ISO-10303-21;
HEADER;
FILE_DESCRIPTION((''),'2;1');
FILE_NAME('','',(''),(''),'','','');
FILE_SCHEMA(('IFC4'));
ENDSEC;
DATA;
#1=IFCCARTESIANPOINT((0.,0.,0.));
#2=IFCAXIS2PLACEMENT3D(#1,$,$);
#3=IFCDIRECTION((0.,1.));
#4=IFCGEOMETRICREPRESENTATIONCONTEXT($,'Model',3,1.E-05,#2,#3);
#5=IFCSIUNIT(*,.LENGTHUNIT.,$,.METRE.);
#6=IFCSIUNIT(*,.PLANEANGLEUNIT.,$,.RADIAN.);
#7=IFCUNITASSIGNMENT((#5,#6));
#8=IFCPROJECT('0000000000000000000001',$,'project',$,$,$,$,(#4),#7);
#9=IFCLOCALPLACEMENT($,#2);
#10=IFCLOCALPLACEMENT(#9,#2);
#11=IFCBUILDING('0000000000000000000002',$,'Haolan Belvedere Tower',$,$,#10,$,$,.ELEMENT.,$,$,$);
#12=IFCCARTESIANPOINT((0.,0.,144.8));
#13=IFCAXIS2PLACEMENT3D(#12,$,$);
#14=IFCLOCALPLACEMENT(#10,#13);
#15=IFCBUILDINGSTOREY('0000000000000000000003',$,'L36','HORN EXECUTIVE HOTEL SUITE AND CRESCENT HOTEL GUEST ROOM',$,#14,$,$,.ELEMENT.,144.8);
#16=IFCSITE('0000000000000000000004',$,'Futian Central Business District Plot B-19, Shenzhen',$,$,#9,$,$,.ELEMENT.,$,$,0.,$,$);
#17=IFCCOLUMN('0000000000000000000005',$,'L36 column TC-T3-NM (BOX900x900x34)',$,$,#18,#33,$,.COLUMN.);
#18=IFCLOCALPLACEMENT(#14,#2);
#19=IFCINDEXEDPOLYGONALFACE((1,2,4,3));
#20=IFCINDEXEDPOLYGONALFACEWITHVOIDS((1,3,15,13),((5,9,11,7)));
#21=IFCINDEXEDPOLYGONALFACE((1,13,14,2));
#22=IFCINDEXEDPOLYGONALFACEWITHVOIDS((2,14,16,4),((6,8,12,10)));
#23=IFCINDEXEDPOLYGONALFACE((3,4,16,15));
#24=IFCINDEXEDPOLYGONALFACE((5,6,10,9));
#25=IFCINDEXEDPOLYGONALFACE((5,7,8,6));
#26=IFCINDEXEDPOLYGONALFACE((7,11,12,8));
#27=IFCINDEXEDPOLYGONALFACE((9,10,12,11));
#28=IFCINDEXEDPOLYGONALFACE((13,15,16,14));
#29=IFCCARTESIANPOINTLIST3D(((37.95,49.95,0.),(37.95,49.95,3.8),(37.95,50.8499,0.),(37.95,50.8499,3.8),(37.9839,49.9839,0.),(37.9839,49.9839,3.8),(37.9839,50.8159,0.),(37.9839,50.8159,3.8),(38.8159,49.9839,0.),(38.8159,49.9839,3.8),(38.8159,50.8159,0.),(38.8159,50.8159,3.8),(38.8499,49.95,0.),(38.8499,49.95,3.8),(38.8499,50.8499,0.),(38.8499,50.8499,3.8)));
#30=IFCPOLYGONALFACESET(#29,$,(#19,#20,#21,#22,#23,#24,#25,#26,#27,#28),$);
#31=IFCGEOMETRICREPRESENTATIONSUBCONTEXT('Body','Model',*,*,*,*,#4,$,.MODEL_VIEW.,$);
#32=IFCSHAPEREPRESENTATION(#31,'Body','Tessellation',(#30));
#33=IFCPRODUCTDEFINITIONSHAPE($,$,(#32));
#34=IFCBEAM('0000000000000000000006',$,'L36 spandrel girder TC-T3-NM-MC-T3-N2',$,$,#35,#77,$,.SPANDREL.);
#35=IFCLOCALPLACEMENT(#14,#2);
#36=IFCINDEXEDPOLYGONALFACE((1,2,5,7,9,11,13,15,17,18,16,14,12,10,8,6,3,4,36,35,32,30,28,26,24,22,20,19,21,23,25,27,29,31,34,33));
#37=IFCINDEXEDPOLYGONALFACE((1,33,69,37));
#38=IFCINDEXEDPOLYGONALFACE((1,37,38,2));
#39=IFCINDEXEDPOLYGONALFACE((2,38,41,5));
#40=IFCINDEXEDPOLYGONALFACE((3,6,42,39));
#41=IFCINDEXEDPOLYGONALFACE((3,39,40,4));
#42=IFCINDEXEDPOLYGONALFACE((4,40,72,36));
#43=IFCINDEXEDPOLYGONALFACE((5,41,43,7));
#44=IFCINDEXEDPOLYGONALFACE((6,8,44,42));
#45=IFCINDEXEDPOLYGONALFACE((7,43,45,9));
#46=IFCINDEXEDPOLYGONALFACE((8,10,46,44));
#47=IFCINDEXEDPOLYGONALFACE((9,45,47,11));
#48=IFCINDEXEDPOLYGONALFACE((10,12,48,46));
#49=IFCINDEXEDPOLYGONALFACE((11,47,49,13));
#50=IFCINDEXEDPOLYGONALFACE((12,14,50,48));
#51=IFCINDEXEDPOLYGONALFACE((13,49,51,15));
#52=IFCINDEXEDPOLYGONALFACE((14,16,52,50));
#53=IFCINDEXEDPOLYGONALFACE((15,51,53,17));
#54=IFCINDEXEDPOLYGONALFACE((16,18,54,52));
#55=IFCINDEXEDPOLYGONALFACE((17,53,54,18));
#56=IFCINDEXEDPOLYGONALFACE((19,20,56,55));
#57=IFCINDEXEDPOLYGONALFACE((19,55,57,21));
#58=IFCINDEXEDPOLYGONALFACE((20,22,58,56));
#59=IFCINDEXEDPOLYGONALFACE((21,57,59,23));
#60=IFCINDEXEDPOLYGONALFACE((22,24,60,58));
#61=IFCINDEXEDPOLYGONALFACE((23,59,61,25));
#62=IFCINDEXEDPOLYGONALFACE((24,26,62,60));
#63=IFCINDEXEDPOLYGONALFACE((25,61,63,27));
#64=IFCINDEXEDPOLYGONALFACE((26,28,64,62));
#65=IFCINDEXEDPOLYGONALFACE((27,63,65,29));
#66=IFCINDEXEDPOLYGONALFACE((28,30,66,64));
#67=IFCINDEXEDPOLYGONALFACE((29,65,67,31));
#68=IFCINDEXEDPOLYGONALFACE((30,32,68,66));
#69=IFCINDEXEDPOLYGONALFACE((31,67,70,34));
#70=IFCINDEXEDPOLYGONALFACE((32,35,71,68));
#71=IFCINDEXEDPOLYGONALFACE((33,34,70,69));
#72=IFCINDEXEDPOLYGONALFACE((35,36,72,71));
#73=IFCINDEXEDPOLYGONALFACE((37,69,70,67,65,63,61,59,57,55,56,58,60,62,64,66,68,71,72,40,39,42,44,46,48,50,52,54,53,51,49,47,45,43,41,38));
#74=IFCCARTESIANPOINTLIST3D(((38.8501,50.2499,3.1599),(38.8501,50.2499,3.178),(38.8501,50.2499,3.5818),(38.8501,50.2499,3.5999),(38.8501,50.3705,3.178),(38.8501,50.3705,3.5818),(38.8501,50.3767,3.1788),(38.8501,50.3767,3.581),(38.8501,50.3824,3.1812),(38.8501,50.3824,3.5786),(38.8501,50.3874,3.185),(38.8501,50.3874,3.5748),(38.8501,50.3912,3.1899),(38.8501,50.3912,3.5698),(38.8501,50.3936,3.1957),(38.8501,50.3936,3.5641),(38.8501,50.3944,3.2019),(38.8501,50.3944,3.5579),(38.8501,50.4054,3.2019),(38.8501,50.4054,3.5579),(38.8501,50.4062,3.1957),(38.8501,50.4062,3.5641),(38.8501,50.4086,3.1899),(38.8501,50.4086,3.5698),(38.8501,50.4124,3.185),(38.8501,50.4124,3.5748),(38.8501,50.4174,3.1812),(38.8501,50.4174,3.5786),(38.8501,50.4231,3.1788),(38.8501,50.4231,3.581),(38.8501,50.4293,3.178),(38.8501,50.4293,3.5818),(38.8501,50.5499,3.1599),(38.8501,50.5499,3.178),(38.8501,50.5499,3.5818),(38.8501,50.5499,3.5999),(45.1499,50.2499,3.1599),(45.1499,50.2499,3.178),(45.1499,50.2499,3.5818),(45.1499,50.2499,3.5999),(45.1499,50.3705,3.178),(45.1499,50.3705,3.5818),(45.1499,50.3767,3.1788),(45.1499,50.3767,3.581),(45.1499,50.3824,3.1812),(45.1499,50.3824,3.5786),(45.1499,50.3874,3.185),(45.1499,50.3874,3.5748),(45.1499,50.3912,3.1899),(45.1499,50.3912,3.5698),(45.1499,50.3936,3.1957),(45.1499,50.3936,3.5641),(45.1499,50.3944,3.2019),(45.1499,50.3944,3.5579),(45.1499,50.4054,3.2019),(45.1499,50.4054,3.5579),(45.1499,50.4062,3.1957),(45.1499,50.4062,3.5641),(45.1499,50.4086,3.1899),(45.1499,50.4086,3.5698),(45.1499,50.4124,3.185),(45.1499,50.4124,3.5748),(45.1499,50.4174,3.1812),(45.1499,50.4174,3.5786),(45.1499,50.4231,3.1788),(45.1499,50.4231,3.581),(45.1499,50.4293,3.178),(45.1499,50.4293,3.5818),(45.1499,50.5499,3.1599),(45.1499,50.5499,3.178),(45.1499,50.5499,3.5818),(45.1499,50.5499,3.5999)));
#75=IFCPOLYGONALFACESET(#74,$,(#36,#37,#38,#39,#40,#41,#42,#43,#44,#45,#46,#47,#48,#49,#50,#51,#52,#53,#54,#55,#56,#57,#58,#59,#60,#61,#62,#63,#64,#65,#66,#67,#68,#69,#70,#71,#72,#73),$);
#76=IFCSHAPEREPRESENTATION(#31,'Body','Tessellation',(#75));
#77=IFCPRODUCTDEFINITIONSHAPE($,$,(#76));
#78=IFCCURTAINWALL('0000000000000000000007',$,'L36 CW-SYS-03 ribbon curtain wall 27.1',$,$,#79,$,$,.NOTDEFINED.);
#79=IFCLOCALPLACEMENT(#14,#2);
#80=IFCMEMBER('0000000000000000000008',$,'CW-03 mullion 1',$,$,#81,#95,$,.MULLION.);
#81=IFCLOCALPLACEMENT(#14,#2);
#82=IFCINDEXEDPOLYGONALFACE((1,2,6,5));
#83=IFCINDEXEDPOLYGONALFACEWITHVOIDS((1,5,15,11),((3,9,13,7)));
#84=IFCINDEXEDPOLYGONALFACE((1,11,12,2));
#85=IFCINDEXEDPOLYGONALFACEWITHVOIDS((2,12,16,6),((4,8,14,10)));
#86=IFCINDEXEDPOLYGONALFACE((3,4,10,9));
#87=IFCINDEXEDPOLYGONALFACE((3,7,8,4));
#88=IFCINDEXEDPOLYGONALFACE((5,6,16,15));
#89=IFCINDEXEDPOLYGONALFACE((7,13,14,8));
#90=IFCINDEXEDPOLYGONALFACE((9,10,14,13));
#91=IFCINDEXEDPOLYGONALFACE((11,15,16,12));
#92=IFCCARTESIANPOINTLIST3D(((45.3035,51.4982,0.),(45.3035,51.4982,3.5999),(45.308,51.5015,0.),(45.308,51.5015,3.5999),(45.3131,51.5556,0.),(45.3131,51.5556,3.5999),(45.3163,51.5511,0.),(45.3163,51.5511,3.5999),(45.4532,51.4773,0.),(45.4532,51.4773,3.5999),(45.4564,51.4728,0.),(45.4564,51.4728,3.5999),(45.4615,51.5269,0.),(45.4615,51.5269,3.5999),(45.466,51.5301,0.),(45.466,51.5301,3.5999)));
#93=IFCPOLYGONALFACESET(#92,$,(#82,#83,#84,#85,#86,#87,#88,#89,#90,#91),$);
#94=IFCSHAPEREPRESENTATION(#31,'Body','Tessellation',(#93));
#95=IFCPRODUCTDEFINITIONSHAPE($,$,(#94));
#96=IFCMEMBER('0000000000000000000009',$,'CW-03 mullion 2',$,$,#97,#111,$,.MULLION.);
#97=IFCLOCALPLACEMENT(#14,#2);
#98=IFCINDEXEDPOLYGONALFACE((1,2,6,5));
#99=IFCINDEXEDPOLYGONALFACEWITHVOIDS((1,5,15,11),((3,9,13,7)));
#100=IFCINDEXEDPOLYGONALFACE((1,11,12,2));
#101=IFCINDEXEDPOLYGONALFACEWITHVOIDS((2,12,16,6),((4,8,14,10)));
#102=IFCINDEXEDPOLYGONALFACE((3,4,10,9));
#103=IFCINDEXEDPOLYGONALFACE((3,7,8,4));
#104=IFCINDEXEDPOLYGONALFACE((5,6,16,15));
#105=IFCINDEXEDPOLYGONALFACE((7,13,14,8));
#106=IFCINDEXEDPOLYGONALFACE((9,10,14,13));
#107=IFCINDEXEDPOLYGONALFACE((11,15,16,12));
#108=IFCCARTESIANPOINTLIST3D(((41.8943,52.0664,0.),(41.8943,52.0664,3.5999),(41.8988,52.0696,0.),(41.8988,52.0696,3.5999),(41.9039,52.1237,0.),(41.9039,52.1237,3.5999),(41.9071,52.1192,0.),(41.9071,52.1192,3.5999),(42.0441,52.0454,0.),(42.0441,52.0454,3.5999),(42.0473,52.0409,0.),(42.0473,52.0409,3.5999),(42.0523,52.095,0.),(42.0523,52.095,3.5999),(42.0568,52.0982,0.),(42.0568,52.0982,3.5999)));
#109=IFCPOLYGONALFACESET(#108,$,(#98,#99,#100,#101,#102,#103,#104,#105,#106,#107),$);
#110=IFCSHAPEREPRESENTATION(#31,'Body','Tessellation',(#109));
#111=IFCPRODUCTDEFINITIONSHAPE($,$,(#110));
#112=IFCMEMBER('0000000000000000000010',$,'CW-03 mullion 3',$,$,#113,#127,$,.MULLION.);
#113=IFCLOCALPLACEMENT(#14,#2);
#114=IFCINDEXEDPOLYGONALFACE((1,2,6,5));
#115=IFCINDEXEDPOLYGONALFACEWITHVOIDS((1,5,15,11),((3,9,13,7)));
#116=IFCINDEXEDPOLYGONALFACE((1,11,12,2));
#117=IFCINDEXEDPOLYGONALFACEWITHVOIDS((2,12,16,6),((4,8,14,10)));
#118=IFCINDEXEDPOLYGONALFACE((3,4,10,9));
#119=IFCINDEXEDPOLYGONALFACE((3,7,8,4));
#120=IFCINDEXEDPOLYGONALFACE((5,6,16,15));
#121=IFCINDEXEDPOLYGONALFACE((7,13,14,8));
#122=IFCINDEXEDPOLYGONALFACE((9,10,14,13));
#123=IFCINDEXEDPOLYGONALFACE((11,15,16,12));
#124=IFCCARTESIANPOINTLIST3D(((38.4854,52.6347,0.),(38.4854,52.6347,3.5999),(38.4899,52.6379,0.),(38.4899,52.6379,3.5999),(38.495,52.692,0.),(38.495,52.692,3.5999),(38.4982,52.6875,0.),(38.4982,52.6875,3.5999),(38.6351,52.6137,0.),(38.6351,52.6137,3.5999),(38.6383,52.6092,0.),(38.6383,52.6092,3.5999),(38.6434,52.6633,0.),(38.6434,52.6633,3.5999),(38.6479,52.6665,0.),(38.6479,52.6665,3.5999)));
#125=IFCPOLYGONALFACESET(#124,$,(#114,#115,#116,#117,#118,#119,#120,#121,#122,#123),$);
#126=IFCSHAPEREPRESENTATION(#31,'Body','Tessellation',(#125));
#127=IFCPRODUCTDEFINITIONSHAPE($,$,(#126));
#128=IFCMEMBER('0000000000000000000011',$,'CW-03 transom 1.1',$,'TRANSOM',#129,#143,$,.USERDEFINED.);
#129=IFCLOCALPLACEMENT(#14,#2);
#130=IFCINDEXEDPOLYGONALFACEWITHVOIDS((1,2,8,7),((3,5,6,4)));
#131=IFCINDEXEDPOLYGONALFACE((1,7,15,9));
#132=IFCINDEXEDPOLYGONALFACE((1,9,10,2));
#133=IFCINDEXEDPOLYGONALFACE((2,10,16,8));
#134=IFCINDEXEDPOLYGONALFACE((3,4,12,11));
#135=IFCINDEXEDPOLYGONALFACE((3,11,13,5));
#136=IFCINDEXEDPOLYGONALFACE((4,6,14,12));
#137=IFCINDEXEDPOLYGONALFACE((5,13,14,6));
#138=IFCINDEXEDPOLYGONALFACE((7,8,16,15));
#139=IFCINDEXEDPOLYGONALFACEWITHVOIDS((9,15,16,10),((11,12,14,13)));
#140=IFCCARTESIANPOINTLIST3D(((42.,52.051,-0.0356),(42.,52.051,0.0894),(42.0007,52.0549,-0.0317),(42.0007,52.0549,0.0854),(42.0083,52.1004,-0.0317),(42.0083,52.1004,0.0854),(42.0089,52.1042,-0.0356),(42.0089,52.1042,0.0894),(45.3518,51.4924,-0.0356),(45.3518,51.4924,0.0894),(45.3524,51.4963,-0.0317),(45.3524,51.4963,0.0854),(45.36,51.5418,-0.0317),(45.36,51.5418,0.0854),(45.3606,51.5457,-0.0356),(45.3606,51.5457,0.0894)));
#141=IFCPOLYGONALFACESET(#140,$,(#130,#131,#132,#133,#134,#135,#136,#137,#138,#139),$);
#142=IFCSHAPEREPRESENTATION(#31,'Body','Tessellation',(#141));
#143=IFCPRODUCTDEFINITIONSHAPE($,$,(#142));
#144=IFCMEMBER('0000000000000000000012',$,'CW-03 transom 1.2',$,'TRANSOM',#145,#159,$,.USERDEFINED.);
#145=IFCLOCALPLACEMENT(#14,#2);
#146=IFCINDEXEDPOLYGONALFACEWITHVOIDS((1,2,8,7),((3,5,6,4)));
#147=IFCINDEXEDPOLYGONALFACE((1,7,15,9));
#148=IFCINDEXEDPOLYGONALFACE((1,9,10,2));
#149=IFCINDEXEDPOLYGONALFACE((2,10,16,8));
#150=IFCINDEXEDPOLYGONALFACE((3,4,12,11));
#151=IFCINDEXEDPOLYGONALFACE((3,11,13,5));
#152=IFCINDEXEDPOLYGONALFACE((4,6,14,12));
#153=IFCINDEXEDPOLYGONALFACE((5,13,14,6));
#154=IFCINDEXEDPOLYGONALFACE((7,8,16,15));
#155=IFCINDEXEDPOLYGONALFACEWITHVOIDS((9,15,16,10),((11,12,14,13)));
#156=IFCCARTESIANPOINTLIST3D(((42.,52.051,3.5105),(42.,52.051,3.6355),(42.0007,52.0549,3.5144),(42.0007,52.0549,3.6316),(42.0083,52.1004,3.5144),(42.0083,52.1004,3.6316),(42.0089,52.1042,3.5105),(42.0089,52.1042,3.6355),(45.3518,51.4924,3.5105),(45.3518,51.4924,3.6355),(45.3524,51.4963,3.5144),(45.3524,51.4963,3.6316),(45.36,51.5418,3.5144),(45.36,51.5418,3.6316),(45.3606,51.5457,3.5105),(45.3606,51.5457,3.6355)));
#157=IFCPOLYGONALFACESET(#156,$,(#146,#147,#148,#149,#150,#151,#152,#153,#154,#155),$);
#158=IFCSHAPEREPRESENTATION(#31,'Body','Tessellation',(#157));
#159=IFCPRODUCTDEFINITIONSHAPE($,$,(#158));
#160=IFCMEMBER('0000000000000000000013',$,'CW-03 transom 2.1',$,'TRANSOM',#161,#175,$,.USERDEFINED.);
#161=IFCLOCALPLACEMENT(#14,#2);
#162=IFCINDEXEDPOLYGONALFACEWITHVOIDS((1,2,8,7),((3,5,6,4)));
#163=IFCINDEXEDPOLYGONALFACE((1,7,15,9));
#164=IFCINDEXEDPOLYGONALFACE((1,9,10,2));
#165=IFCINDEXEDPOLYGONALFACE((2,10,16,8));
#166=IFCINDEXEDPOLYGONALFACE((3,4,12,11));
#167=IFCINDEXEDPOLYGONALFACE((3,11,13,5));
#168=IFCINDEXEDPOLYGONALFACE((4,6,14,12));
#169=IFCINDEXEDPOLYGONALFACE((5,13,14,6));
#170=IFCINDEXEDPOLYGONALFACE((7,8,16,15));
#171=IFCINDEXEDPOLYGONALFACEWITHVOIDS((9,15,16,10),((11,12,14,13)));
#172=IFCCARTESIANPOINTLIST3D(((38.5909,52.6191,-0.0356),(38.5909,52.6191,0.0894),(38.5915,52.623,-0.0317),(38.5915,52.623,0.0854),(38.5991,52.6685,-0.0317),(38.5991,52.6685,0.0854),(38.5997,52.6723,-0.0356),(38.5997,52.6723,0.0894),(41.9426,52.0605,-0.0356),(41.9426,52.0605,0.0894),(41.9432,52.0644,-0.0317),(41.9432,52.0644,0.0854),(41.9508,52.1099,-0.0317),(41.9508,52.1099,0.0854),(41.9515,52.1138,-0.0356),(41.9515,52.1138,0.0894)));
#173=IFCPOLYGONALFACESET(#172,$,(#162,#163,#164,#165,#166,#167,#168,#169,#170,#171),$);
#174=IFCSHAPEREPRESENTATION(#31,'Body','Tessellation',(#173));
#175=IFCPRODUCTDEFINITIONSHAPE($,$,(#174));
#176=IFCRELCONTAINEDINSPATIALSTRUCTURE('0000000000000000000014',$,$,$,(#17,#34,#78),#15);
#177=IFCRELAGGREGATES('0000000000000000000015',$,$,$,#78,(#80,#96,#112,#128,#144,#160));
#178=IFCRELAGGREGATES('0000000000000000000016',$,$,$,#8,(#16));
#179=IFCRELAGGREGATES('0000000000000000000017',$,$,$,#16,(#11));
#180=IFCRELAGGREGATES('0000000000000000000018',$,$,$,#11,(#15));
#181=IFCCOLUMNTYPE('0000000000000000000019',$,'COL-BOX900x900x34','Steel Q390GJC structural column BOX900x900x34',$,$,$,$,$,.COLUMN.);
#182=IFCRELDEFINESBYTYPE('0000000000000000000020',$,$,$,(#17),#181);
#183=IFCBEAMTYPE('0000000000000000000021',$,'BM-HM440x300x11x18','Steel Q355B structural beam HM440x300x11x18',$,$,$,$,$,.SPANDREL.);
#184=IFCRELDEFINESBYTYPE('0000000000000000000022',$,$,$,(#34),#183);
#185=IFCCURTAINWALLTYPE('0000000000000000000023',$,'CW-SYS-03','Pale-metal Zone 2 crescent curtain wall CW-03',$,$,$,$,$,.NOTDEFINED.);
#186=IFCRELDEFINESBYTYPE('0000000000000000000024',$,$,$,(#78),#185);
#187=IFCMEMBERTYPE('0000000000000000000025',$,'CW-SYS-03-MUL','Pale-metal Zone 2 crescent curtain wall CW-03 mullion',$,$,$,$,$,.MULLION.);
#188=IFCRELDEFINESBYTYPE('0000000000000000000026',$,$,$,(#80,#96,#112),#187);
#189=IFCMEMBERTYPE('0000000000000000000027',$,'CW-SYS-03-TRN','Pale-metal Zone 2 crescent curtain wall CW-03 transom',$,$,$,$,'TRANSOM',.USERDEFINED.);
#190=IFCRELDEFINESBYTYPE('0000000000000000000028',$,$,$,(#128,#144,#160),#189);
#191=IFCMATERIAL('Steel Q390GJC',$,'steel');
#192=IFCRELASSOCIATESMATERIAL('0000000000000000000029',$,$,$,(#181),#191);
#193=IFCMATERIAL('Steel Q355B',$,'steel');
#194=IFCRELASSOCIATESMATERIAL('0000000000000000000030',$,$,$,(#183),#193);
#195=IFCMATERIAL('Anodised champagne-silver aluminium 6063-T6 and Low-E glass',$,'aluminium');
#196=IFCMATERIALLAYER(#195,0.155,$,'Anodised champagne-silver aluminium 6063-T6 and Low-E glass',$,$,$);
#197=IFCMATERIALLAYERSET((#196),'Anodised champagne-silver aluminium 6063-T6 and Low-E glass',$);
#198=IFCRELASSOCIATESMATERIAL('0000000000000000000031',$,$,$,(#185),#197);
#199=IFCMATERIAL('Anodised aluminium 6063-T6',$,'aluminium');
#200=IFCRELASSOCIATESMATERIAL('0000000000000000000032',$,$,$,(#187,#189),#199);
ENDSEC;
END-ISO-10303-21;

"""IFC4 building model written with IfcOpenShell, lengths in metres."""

from ifc_helpers import new_model, si_unit, direction, frame, origin, origin_2d, place, context, subcontext, project, spatial, hollow_rectangle, i_section, extrude, material, layer, layer_set, material_profile, profile_set, type_object, element, aggregate, save


model = new_model("IFC4")

# Units and contexts
model_context = context("Model", 3, precision=1e-05, world=origin(), true_north=direction((0.0, 1.0)))
body_context = subcontext(model_context, "Body", "Model", "MODEL_VIEW")
ifc_project = project(units=[si_unit("LENGTHUNIT", "METRE"), si_unit("PLANEANGLEUNIT", "RADIAN")], contexts=[model_context])

# Site, building, storey
site_placement = place(None, origin())
site = spatial("IfcSite", under=ifc_project, at=site_placement, Name="Futian Central Business District Plot B-19, Shenzhen", CompositionType="ELEMENT", RefElevation=0.0)
building_placement = place(site_placement, origin())
building = spatial("IfcBuilding", under=site, at=building_placement, Name="Haolan Belvedere Tower", CompositionType="ELEMENT")
storey_placement = place(building_placement, frame((0.0, 0.0, 144.8)))
storey = spatial("IfcBuildingStorey", under=building, at=storey_placement, Name="L36", Description="HORN EXECUTIVE HOTEL SUITE AND CRESCENT HOTEL GUEST ROOM", CompositionType="ELEMENT", Elevation=144.8)

# Column
ifc_material_1 = material(Name="Steel Q390GJC", Category="steel")
ifc_material_profile_1 = material_profile(ifc_material_1, hollow_rectangle(XDim=0.8999, YDim=0.8999, WallThickness=0.0339, at=origin_2d()), Name="Steel Q390GJC")
ifc_profile_set_1 = profile_set([ifc_material_profile_1], Name="Steel Q390GJC")
column_type = type_object("IfcColumnType", Name="COL-BOX900x900x34", Description="Steel Q390GJC structural column BOX900x900x34", PredefinedType="COLUMN", material=ifc_profile_set_1)
column_placement = place(storey_placement, frame((38.3999, 50.3999, 0.0), z_axis=(0.0, 0.0, 1.0), x_axis=(1.0, 0.0, 0.0)))
element("IfcColumn", 1, at=column_placement, inside=storey, type_object=column_type, Name="L36 column TC-T3-NM (BOX900x900x34)", PredefinedType="COLUMN", context=body_context, shape_type="SweptSolid", body=[
    extrude(hollow_rectangle(XDim=0.8999, YDim=0.8999, WallThickness=0.0339, at=origin_2d()), origin(), (0.0, 0.0, 1.0), 3.8),
])

# Beam
ifc_material_2 = material(Name="Steel Q355B", Category="steel")
ifc_material_profile_2 = material_profile(ifc_material_2, i_section(OverallWidth=0.3, OverallDepth=0.4399, WebThickness=0.011, FlangeThickness=0.0181, FilletRadius=0.0239, at=origin_2d()), Name="Steel Q355B")
ifc_profile_set_2 = profile_set([ifc_material_profile_2], Name="Steel Q355B")
beam_type = type_object("IfcBeamType", Name="BM-HM440x300x11x18", Description="Steel Q355B structural beam HM440x300x11x18", PredefinedType="SPANDREL", material=ifc_profile_set_2)
beam_placement = place(storey_placement, frame((38.8501, 50.3999, 3.3799), z_axis=(1.0, 0.0, 0.0), x_axis=(0.0, 1.0, 0.0)))
element("IfcBeam", 2, at=beam_placement, inside=storey, type_object=beam_type, Name="L36 spandrel girder TC-T3-NM-MC-T3-N2", PredefinedType="SPANDREL", context=body_context, shape_type="SweptSolid", body=[
    extrude(i_section(OverallWidth=0.3, OverallDepth=0.4399, WebThickness=0.011, FlangeThickness=0.0181, FilletRadius=0.0239, at=origin_2d()), origin(), (0.0, 0.0, 1.0), 6.2998),
])

# Curtain wall, members
ifc_material_3 = material(Name="Anodised champagne-silver aluminium 6063-T6 and Low-E glass", Category="aluminium")
ifc_layer_1 = layer(ifc_material_3, 0.155, Name="Anodised champagne-silver aluminium 6063-T6 and Low-E glass")
ifc_layer_set_1 = layer_set([ifc_layer_1], Name="Anodised champagne-silver aluminium 6063-T6 and Low-E glass")
curtain_wall_type = type_object("IfcCurtainWallType", Name="CW-SYS-03", Description="Pale-metal Zone 2 crescent curtain wall CW-03", PredefinedType="NOTDEFINED", material=ifc_layer_set_1)
curtain_wall_placement = place(storey_placement, origin())
curtain_wall = element("IfcCurtainWall", 3, at=curtain_wall_placement, inside=storey, type_object=curtain_wall_type, Name="L36 CW-SYS-03 ribbon curtain wall 27.1", PredefinedType="NOTDEFINED")
ifc_material_4 = material(Name="Anodised aluminium 6063-T6", Category="aluminium")
ifc_material_profile_3 = material_profile(ifc_material_4, hollow_rectangle(XDim=0.0581, YDim=0.155, WallThickness=0.0039, at=origin_2d()), Name="Anodised aluminium 6063-T6")
ifc_profile_set_3 = profile_set([ifc_material_profile_3], Name="Anodised aluminium 6063-T6")
member_type_1 = type_object("IfcMemberType", Name="CW-SYS-03-MUL", Description="Pale-metal Zone 2 crescent curtain wall CW-03 mullion", PredefinedType="MULLION", material=ifc_profile_set_3)
member_1_placement = place(storey_placement, frame((45.3848, 51.5142, 0.0), z_axis=(0.0, 0.0, 1.0), x_axis=(-0.164404, -0.986393, 0.0)))
member_1 = element("IfcMember", 4, at=member_1_placement, type_object=member_type_1, Name="CW-03 mullion 1", PredefinedType="MULLION", context=body_context, shape_type="SweptSolid", body=[
    extrude(hollow_rectangle(XDim=0.0581, YDim=0.155, WallThickness=0.0039, at=origin_2d()), origin(), (0.0, 0.0, 1.0), 3.5999),
])
member_2_placement = place(storey_placement, frame((41.9756, 52.0823, 0.0), z_axis=(0.0, 0.0, 1.0), x_axis=(-0.164404, -0.986393, 0.0)))
member_2 = element("IfcMember", 5, at=member_2_placement, type_object=member_type_1, Name="CW-03 mullion 2", PredefinedType="MULLION", context=body_context, shape_type="SweptSolid", body=[
    extrude(hollow_rectangle(XDim=0.0581, YDim=0.155, WallThickness=0.0039, at=origin_2d()), origin(), (0.0, 0.0, 1.0), 3.5999),
])
member_3_placement = place(storey_placement, frame((38.5667, 52.6506, 0.0), z_axis=(0.0, 0.0, 1.0), x_axis=(-0.164404, -0.986393, 0.0)))
member_3 = element("IfcMember", 6, at=member_3_placement, type_object=member_type_1, Name="CW-03 mullion 3", PredefinedType="MULLION", context=body_context, shape_type="SweptSolid", body=[
    extrude(hollow_rectangle(XDim=0.0581, YDim=0.155, WallThickness=0.0039, at=origin_2d()), origin(), (0.0, 0.0, 1.0), 3.5999),
])
ifc_material_profile_4 = material_profile(ifc_material_4, hollow_rectangle(XDim=0.054, YDim=0.125, WallThickness=0.0039, at=origin_2d()), Name="Anodised aluminium 6063-T6")
ifc_profile_set_4 = profile_set([ifc_material_profile_4], Name="Anodised aluminium 6063-T6")
member_type_2 = type_object("IfcMemberType", Name="CW-SYS-03-TRN", Description="Pale-metal Zone 2 crescent curtain wall CW-03 transom", ElementType="TRANSOM", PredefinedType="USERDEFINED", material=ifc_profile_set_4)
member_4_placement = place(storey_placement, frame((45.3562, 51.519, 0.0269), z_axis=(-0.986396, 0.164387, 0.0), x_axis=(-0.164387, -0.986396, 0.0)))
member_4 = element("IfcMember", 7, at=member_4_placement, type_object=member_type_2, Name="CW-03 transom 1.1", ObjectType="TRANSOM", PredefinedType="USERDEFINED", context=body_context, shape_type="SweptSolid", body=[
    extrude(hollow_rectangle(XDim=0.054, YDim=0.125, WallThickness=0.0039, at=origin_2d()), origin(), (0.0, 0.0, 1.0), 3.3979),
])
member_5_placement = place(storey_placement, frame((45.3562, 51.519, 3.573), z_axis=(-0.986396, 0.164387, 0.0), x_axis=(-0.164387, -0.986396, 0.0)))
member_5 = element("IfcMember", 8, at=member_5_placement, type_object=member_type_2, Name="CW-03 transom 1.2", ObjectType="TRANSOM", PredefinedType="USERDEFINED", context=body_context, shape_type="SweptSolid", body=[
    extrude(hollow_rectangle(XDim=0.054, YDim=0.125, WallThickness=0.0039, at=origin_2d()), origin(), (0.0, 0.0, 1.0), 3.3979),
])
member_6_placement = place(storey_placement, frame((41.947, 52.0872, 0.0269), z_axis=(-0.986396, 0.164387, 0.0), x_axis=(-0.164387, -0.986396, 0.0)))
member_6 = element("IfcMember", 9, at=member_6_placement, type_object=member_type_2, Name="CW-03 transom 2.1", ObjectType="TRANSOM", PredefinedType="USERDEFINED", context=body_context, shape_type="SweptSolid", body=[
    extrude(hollow_rectangle(XDim=0.054, YDim=0.125, WallThickness=0.0039, at=origin_2d()), origin(), (0.0, 0.0, 1.0), 3.3979),
])
aggregate(curtain_wall, [member_1, member_2, member_3, member_4, member_5, member_6])

save(model, "model.ifc")
